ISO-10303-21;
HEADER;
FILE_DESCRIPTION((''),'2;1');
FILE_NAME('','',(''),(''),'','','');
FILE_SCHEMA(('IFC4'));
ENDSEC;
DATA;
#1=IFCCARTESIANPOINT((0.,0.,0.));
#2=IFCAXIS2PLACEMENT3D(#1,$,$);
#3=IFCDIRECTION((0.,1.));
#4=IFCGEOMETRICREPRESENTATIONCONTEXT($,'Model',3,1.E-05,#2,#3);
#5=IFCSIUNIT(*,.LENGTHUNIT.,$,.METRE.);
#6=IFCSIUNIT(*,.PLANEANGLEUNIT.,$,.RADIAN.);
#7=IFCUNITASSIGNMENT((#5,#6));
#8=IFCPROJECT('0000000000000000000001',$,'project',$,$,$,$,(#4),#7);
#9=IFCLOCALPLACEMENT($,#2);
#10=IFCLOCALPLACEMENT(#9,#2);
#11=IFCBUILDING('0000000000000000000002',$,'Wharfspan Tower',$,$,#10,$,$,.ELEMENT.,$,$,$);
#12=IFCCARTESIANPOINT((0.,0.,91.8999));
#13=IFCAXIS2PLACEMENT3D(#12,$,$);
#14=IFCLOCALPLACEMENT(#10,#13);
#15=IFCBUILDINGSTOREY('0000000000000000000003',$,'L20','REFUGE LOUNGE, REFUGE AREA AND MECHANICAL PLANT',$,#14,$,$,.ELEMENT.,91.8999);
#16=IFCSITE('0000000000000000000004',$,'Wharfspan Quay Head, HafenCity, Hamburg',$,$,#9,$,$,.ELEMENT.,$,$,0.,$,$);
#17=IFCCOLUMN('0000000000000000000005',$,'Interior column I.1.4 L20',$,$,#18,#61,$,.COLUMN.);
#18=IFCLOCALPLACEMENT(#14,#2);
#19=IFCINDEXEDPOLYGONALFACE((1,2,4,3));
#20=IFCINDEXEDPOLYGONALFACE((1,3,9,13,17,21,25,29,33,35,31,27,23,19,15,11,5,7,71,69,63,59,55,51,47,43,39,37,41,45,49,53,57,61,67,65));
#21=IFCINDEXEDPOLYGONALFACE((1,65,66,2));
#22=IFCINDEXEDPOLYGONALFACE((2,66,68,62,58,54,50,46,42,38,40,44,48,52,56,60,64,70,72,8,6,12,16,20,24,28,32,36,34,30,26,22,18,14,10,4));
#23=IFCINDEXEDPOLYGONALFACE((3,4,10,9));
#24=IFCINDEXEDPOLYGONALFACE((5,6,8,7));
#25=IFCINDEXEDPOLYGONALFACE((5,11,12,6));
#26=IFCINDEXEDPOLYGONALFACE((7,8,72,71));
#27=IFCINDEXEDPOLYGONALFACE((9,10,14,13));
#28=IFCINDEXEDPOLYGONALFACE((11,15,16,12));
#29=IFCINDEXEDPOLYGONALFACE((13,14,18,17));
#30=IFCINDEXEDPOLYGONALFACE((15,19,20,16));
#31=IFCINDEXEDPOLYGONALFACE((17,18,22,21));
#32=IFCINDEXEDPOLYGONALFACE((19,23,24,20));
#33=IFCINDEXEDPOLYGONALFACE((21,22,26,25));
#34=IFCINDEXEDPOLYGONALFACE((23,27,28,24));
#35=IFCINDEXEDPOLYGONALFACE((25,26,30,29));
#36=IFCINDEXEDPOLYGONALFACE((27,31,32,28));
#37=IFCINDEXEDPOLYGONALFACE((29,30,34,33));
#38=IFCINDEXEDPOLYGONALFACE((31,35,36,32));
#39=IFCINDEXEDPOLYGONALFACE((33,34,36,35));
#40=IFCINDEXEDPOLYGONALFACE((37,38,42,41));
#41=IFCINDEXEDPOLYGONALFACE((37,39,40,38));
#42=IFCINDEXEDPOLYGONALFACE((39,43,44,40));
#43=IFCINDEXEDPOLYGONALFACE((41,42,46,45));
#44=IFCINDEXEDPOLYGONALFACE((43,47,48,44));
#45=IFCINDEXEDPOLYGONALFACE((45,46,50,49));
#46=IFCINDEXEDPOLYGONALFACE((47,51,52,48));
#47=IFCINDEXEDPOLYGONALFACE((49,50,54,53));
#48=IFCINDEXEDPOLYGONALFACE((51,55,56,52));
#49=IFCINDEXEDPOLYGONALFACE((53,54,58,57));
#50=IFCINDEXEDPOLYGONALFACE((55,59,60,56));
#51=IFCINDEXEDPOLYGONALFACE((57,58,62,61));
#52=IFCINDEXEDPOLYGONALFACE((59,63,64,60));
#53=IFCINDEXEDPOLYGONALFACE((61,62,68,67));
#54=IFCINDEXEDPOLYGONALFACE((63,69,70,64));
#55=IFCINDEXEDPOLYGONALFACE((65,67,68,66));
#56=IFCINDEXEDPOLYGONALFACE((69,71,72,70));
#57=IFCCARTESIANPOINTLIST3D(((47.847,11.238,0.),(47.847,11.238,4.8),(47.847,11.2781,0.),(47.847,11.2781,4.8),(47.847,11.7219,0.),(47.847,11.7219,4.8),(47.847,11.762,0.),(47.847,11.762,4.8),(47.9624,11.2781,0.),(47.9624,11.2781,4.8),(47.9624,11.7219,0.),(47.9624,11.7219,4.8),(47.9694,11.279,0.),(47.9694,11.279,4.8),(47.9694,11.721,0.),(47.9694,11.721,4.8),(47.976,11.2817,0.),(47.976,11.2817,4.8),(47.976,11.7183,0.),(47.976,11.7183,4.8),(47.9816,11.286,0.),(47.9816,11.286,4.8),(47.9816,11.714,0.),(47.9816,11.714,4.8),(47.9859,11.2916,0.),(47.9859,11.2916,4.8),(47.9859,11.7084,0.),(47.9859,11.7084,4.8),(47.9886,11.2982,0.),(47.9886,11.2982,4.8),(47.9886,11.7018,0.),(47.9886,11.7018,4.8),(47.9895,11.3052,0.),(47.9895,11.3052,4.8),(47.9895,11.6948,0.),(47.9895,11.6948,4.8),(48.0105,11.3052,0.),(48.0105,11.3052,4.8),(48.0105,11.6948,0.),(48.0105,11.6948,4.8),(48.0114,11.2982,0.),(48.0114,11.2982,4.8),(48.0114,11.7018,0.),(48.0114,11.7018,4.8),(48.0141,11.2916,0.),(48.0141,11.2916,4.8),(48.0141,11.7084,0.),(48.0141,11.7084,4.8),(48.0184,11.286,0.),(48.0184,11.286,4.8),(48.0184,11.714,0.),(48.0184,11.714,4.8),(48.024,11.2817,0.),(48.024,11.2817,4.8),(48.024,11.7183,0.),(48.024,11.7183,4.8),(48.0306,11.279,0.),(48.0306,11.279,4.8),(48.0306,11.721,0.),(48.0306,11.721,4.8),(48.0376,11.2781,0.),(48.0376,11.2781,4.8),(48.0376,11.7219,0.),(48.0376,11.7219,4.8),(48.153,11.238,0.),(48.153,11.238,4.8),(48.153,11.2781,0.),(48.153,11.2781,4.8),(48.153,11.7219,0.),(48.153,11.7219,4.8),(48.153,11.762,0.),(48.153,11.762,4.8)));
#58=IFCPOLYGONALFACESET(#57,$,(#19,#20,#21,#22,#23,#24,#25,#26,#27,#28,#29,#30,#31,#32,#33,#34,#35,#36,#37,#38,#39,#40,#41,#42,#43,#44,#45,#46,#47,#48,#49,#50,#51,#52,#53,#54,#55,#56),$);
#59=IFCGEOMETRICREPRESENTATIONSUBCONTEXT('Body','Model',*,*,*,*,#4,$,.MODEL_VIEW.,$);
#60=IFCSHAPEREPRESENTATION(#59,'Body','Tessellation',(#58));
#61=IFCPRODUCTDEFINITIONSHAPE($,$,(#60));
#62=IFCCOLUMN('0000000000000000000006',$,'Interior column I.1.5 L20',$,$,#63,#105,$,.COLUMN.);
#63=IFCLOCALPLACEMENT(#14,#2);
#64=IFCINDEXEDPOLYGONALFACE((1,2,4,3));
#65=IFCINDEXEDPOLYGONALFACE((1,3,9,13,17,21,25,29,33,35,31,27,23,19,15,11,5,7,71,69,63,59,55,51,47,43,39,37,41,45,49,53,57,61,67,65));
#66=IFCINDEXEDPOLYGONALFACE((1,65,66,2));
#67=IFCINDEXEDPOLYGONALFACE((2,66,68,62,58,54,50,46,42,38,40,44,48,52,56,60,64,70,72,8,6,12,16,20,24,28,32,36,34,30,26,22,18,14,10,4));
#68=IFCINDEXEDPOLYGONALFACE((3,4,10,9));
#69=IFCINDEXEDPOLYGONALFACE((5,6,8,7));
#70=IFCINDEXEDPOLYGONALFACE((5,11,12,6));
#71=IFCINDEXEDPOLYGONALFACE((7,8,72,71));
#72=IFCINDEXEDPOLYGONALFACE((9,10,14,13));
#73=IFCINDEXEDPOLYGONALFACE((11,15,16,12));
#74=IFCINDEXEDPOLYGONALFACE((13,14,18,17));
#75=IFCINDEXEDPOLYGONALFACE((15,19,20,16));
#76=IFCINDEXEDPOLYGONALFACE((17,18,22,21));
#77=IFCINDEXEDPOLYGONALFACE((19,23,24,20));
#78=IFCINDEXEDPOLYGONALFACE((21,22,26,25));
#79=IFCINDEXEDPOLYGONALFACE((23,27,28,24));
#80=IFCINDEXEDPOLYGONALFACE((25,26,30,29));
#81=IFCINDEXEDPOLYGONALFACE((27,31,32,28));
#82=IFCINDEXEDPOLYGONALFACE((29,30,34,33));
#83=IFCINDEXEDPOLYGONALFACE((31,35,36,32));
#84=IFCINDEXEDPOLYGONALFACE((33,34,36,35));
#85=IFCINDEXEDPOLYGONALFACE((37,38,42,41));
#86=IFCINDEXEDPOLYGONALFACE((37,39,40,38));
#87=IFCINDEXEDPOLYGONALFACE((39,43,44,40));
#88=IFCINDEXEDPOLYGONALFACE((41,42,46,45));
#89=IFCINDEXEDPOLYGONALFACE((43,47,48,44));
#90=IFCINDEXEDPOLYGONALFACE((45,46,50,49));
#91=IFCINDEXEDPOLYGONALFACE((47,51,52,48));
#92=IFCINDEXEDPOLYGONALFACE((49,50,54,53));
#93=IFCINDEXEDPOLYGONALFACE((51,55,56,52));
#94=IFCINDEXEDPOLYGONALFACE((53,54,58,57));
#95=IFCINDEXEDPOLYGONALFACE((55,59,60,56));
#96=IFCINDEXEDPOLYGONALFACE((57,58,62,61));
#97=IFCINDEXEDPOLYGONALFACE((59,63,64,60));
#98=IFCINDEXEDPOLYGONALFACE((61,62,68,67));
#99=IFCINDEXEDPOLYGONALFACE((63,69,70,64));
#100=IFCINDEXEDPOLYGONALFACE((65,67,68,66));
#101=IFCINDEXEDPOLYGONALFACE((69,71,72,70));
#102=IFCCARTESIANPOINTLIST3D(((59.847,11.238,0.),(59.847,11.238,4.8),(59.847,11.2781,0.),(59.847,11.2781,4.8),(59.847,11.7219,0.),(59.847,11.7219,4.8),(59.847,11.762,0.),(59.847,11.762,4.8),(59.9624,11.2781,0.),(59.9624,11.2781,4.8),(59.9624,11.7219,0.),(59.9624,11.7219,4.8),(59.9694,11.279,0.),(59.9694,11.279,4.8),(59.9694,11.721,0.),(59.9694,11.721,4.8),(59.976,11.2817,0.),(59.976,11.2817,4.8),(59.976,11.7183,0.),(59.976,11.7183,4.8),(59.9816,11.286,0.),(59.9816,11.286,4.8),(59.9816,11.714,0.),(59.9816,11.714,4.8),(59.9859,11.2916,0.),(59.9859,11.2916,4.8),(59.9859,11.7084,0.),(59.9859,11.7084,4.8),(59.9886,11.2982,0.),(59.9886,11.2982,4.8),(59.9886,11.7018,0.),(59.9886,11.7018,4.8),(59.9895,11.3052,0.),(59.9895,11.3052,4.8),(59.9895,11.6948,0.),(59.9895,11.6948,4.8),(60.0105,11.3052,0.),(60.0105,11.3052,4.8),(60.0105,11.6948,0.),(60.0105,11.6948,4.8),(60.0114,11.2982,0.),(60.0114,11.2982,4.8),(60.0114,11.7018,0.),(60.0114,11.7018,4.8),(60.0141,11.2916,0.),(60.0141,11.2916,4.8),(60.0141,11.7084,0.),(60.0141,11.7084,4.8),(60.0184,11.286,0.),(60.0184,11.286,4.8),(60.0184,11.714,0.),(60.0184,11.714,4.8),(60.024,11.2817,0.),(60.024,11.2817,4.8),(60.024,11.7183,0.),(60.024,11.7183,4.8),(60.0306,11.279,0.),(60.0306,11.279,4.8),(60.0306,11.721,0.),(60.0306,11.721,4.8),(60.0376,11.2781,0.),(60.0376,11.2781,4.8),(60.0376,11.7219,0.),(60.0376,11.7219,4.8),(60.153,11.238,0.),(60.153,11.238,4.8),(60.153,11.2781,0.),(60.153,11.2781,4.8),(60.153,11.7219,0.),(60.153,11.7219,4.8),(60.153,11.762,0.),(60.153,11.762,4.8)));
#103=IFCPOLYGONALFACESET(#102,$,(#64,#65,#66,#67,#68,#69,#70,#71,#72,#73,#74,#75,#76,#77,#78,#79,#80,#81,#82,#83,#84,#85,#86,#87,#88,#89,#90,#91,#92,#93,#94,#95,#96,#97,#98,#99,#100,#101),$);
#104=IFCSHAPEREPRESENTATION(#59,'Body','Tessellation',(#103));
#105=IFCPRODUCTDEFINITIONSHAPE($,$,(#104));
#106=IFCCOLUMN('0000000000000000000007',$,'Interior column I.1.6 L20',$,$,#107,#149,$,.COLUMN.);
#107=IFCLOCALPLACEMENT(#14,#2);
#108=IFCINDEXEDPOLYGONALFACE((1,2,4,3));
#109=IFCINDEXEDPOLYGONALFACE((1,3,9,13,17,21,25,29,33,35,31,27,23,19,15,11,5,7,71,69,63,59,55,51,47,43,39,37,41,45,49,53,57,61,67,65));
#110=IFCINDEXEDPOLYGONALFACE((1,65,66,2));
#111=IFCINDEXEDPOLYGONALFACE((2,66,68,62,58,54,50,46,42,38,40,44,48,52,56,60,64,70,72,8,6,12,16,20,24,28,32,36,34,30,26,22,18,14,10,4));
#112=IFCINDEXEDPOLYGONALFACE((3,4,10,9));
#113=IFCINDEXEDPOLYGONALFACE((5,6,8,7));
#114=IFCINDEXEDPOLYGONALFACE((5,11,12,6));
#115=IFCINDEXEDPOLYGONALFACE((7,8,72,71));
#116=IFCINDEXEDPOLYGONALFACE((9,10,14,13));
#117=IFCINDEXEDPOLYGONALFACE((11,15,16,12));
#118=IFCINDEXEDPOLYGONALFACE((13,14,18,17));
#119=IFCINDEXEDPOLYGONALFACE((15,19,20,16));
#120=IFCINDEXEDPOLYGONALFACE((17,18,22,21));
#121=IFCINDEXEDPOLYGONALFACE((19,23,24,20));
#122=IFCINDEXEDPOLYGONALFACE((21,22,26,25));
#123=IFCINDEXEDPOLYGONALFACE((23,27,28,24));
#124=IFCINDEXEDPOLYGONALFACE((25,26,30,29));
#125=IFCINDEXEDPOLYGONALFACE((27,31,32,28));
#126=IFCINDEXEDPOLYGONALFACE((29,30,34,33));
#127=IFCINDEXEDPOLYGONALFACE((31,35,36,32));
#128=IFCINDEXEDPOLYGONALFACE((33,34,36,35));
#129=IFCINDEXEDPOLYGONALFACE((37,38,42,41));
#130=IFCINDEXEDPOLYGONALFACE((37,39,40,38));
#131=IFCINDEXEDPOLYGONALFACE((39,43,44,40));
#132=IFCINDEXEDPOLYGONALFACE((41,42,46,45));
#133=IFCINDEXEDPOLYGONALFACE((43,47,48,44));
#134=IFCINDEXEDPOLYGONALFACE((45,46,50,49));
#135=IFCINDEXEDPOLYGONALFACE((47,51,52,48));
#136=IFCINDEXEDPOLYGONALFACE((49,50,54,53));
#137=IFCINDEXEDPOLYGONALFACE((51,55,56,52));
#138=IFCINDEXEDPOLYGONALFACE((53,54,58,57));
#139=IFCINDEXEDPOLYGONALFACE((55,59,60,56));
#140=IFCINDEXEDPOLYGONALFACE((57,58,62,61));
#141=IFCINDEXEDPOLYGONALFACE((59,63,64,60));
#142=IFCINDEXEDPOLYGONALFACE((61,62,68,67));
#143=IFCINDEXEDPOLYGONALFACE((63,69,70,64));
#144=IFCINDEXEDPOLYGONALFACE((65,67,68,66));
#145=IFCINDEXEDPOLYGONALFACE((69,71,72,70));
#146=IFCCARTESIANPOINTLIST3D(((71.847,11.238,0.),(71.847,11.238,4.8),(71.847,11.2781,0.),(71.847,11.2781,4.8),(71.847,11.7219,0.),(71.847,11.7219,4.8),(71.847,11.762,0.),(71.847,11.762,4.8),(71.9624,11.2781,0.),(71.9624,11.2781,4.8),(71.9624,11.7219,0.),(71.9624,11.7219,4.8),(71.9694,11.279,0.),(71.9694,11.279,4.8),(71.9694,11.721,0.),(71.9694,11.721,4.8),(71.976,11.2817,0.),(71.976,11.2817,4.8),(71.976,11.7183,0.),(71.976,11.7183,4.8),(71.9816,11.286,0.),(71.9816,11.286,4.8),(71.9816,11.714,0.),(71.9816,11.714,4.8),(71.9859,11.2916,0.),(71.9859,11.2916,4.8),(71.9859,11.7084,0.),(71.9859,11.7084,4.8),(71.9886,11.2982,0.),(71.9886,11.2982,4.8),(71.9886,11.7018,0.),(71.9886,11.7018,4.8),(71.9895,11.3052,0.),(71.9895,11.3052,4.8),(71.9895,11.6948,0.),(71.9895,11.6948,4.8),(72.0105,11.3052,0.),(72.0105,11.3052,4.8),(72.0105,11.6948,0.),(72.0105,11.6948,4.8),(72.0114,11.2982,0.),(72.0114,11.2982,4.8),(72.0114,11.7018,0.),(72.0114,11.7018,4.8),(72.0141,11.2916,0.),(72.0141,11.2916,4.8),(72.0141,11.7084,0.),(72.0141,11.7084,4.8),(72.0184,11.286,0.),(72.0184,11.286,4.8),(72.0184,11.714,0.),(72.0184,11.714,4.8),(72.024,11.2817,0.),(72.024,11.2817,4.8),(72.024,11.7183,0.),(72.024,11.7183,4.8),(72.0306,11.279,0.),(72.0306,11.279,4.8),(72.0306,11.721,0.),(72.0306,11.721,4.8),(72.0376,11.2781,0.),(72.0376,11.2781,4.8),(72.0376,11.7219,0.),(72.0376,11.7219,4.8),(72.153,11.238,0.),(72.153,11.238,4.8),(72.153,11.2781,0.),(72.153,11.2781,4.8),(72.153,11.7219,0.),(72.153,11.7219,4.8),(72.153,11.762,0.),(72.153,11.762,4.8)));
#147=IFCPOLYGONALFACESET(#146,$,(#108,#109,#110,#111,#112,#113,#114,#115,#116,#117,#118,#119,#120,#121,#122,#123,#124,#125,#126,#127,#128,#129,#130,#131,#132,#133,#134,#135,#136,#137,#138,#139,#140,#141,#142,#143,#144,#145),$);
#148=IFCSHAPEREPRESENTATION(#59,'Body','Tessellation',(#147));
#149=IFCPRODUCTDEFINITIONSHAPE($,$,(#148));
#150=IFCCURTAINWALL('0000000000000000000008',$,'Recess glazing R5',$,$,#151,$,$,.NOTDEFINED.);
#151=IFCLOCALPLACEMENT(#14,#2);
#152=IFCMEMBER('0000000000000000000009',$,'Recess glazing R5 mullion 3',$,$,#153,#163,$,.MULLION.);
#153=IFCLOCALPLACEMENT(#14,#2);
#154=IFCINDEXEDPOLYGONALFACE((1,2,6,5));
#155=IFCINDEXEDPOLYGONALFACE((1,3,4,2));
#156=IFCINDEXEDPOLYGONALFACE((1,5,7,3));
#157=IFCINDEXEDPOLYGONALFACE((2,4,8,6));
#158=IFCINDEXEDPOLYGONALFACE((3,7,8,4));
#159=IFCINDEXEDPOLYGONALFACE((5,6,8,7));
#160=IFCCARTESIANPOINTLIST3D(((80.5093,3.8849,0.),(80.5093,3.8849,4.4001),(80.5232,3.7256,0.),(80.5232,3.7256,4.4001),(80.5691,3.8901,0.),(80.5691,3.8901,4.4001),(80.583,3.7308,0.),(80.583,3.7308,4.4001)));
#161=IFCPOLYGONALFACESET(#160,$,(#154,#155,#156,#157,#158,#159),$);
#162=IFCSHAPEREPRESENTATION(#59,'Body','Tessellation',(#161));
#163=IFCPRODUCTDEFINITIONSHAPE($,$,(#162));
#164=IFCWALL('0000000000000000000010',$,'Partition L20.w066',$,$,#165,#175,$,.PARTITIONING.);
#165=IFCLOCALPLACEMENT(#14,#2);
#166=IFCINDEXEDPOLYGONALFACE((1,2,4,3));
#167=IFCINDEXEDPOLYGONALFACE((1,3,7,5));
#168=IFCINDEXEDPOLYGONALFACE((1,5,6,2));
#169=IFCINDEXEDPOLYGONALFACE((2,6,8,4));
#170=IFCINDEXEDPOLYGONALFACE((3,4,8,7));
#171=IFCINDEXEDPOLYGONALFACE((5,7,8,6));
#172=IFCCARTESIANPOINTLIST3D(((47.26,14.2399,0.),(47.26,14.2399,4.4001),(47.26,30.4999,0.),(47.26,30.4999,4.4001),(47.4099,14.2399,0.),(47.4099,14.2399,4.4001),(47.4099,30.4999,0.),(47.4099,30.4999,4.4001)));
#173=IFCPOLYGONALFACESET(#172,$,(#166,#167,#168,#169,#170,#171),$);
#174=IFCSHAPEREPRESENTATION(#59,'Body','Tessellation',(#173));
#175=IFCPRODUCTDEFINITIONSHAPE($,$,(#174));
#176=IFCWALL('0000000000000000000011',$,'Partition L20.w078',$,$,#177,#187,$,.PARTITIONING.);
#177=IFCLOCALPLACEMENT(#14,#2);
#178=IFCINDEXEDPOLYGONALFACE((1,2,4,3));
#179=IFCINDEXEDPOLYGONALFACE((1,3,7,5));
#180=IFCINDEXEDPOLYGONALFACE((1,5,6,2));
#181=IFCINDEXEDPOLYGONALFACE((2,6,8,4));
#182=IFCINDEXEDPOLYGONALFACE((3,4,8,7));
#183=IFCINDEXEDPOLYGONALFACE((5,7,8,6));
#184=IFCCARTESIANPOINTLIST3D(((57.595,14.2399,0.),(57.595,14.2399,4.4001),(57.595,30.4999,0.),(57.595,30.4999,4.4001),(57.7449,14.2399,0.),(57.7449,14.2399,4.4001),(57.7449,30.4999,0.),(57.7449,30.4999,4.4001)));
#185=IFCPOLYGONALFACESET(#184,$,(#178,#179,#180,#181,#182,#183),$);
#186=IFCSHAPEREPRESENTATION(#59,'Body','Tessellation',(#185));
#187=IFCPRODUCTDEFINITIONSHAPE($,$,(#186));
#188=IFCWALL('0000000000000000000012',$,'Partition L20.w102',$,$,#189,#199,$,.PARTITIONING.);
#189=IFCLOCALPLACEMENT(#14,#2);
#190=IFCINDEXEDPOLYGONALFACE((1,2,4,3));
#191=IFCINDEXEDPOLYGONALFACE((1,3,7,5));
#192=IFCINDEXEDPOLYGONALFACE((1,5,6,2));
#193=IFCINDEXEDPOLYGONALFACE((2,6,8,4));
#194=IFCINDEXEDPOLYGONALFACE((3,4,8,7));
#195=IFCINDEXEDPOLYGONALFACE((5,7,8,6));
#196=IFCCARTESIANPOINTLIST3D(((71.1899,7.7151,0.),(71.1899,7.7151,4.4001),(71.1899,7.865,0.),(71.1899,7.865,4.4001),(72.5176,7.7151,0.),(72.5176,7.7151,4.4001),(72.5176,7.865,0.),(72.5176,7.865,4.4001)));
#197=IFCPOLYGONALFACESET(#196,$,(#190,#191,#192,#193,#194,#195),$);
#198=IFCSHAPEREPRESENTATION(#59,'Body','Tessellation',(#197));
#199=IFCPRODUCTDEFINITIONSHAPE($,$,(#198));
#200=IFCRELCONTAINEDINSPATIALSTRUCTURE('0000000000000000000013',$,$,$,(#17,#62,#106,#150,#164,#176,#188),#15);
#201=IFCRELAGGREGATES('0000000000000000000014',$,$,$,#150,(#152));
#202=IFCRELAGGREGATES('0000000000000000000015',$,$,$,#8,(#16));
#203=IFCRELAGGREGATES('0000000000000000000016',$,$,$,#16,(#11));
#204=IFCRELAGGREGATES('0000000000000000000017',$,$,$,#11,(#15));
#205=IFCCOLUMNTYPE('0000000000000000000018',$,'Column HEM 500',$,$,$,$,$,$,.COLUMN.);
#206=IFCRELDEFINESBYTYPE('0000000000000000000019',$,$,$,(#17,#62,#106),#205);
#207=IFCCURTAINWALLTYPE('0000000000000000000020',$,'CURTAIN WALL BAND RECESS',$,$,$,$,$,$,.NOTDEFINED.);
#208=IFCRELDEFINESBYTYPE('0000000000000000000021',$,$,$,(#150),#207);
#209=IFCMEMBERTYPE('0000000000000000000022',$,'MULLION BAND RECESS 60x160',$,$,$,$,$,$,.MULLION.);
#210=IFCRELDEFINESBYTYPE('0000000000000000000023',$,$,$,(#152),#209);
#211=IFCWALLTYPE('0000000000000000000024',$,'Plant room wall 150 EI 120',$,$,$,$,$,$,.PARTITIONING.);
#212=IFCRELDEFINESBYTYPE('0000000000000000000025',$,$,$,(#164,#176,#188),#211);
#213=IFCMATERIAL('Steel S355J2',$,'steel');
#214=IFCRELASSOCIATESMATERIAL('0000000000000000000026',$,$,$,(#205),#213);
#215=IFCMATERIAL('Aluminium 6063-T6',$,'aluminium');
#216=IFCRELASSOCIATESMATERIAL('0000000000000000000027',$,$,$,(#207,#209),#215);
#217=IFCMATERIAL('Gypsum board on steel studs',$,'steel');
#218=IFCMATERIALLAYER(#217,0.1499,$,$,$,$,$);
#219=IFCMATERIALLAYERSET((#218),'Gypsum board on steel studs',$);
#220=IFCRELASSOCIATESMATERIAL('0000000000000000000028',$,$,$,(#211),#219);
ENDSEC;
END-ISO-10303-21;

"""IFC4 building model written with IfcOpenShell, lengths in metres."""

from ifc_helpers import new_model, si_unit, direction, frame, frame_2d, origin, origin_2d, place, context, subcontext, project, spatial, rectangle, i_section, extrude, material, layer, layer_set, material_profile, profile_set, type_object, element, aggregate, save


model = new_model("IFC4")

# Units and contexts
model_context = context("Model", 3, precision=1e-05, world=origin(), true_north=direction((0.0, 1.0)))
body_context = subcontext(model_context, "Body", "Model", "MODEL_VIEW")
ifc_project = project(units=[si_unit("LENGTHUNIT", "METRE"), si_unit("PLANEANGLEUNIT", "RADIAN")], contexts=[model_context])

# Site, building, storey
site_placement = place(None, origin())
site = spatial("IfcSite", under=ifc_project, at=site_placement, Name="Wharfspan Quay Head, HafenCity, Hamburg", CompositionType="ELEMENT", RefElevation=0.0)
building_placement = place(site_placement, origin())
building = spatial("IfcBuilding", under=site, at=building_placement, Name="Wharfspan Tower", CompositionType="ELEMENT")
storey_placement = place(building_placement, frame((0.0, 0.0, 91.8999)))
storey = spatial("IfcBuildingStorey", under=building, at=storey_placement, Name="L20", Description="REFUGE LOUNGE, REFUGE AREA AND MECHANICAL PLANT", CompositionType="ELEMENT", Elevation=91.8999)

# Columns
ifc_material_1 = material(Name="Steel S355J2", Category="steel")
ifc_material_profile_1 = material_profile(ifc_material_1, i_section(OverallWidth=0.3059, OverallDepth=0.5239, WebThickness=0.021, FlangeThickness=0.04, FilletRadius=0.0271, at=origin_2d()))
ifc_profile_set_1 = profile_set([ifc_material_profile_1], Name="Steel S355J2")
column_type = type_object("IfcColumnType", Name="Column HEM 500", PredefinedType="COLUMN", material=ifc_profile_set_1)
for number, where, z_axis, x_axis, name in (
    (1, (48.0, 11.5, 0.0), (0.0, 0.0, 1.0), (1.0, 0.0, 0.0), "Interior column I.1.4 L20"),
    (2, (60.0, 11.5, 0.0), (0.0, 0.0, 1.0), (1.0, 0.0, 0.0), "Interior column I.1.5 L20"),
    (3, (72.0, 11.5, 0.0), (0.0, 0.0, 1.0), (1.0, 0.0, 0.0), "Interior column I.1.6 L20"),
):
    element("IfcColumn", number, at=place(storey_placement, frame(where, z_axis=z_axis, x_axis=x_axis)), inside=storey, type_object=column_type, Name=name, PredefinedType="COLUMN", context=body_context, shape_type="SweptSolid", body=[
        extrude(i_section(OverallWidth=0.3059, OverallDepth=0.5239, WebThickness=0.021, FlangeThickness=0.04, FilletRadius=0.0271, at=origin_2d()), origin(), (0.0, 0.0, 1.0), 4.8),
    ])

# Curtain wall, member
ifc_material_2 = material(Name="Aluminium 6063-T6", Category="aluminium")
curtain_wall_type = type_object("IfcCurtainWallType", Name="CURTAIN WALL BAND RECESS", PredefinedType="NOTDEFINED", material=ifc_material_2)
curtain_wall_placement = place(storey_placement, origin())
curtain_wall = element("IfcCurtainWall", 4, at=curtain_wall_placement, inside=storey, type_object=curtain_wall_type, Name="Recess glazing R5", PredefinedType="NOTDEFINED")
ifc_material_profile_2 = material_profile(ifc_material_2, rectangle(XDim=0.1599, YDim=0.0601, at=origin_2d()))
ifc_profile_set_2 = profile_set([ifc_material_profile_2], Name="Aluminium 6063-T6")
member_type = type_object("IfcMemberType", Name="MULLION BAND RECESS 60x160", PredefinedType="MULLION", material=ifc_profile_set_2)
member_placement = place(storey_placement, frame((80.5461, 3.8079, 0.0), z_axis=(0.0, 0.0, 1.0), x_axis=(0.087156, -0.996198, 0.0)))
member = element("IfcMember", 5, at=member_placement, type_object=member_type, Name="Recess glazing R5 mullion 3", PredefinedType="MULLION", context=body_context, shape_type="SweptSolid", body=[
    extrude(rectangle(XDim=0.1599, YDim=0.0601, at=origin_2d()), origin(), (0.0, 0.0, 1.0), 4.4001),
])
aggregate(curtain_wall, [member])

# Walls
ifc_material_3 = material(Name="Gypsum board on steel studs", Category="steel")
ifc_layer_1 = layer(ifc_material_3, 0.1499)
ifc_layer_set_1 = layer_set([ifc_layer_1], Name="Gypsum board on steel studs")
wall_type_1 = type_object("IfcWallType", Name="Plant room wall 150 EI 120", PredefinedType="PARTITIONING", material=ifc_layer_set_1)
for number, where, z_axis, x_axis, name in (
    (6, (47.335, 14.24, 0.0), (0.0, 0.0, 1.0), (0.0, 1.0, 0.0), "Partition L20.w066"),
    (7, (57.6699, 14.24, 0.0), (0.0, 0.0, 1.0), (0.0, 1.0, 0.0), "Partition L20.w078"),
):
    element("IfcWall", number, at=place(storey_placement, frame(where, z_axis=z_axis, x_axis=x_axis)), inside=storey, type_object=wall_type_1, Name=name, PredefinedType="PARTITIONING", context=body_context, shape_type="SweptSolid", body=[
        extrude(rectangle(XDim=16.26, YDim=0.1499, at=frame_2d((8.1299, 0.0))), origin(), (0.0, 0.0, 1.0), 4.4001),
    ])
wall_1_placement = place(storey_placement, frame((71.1899, 7.79, 0.0), z_axis=(0.0, 0.0, 1.0), x_axis=(1.0, 0.0, 0.0)))
element("IfcWall", 8, at=wall_1_placement, inside=storey, type_object=wall_type_1, Name="Partition L20.w102", PredefinedType="PARTITIONING", context=body_context, shape_type="SweptSolid", body=[
    extrude(rectangle(XDim=1.3276, YDim=0.1499, at=frame_2d((0.6638, 0.0))), origin(), (0.0, 0.0, 1.0), 4.4001),
])

save(model, "model.ifc")
